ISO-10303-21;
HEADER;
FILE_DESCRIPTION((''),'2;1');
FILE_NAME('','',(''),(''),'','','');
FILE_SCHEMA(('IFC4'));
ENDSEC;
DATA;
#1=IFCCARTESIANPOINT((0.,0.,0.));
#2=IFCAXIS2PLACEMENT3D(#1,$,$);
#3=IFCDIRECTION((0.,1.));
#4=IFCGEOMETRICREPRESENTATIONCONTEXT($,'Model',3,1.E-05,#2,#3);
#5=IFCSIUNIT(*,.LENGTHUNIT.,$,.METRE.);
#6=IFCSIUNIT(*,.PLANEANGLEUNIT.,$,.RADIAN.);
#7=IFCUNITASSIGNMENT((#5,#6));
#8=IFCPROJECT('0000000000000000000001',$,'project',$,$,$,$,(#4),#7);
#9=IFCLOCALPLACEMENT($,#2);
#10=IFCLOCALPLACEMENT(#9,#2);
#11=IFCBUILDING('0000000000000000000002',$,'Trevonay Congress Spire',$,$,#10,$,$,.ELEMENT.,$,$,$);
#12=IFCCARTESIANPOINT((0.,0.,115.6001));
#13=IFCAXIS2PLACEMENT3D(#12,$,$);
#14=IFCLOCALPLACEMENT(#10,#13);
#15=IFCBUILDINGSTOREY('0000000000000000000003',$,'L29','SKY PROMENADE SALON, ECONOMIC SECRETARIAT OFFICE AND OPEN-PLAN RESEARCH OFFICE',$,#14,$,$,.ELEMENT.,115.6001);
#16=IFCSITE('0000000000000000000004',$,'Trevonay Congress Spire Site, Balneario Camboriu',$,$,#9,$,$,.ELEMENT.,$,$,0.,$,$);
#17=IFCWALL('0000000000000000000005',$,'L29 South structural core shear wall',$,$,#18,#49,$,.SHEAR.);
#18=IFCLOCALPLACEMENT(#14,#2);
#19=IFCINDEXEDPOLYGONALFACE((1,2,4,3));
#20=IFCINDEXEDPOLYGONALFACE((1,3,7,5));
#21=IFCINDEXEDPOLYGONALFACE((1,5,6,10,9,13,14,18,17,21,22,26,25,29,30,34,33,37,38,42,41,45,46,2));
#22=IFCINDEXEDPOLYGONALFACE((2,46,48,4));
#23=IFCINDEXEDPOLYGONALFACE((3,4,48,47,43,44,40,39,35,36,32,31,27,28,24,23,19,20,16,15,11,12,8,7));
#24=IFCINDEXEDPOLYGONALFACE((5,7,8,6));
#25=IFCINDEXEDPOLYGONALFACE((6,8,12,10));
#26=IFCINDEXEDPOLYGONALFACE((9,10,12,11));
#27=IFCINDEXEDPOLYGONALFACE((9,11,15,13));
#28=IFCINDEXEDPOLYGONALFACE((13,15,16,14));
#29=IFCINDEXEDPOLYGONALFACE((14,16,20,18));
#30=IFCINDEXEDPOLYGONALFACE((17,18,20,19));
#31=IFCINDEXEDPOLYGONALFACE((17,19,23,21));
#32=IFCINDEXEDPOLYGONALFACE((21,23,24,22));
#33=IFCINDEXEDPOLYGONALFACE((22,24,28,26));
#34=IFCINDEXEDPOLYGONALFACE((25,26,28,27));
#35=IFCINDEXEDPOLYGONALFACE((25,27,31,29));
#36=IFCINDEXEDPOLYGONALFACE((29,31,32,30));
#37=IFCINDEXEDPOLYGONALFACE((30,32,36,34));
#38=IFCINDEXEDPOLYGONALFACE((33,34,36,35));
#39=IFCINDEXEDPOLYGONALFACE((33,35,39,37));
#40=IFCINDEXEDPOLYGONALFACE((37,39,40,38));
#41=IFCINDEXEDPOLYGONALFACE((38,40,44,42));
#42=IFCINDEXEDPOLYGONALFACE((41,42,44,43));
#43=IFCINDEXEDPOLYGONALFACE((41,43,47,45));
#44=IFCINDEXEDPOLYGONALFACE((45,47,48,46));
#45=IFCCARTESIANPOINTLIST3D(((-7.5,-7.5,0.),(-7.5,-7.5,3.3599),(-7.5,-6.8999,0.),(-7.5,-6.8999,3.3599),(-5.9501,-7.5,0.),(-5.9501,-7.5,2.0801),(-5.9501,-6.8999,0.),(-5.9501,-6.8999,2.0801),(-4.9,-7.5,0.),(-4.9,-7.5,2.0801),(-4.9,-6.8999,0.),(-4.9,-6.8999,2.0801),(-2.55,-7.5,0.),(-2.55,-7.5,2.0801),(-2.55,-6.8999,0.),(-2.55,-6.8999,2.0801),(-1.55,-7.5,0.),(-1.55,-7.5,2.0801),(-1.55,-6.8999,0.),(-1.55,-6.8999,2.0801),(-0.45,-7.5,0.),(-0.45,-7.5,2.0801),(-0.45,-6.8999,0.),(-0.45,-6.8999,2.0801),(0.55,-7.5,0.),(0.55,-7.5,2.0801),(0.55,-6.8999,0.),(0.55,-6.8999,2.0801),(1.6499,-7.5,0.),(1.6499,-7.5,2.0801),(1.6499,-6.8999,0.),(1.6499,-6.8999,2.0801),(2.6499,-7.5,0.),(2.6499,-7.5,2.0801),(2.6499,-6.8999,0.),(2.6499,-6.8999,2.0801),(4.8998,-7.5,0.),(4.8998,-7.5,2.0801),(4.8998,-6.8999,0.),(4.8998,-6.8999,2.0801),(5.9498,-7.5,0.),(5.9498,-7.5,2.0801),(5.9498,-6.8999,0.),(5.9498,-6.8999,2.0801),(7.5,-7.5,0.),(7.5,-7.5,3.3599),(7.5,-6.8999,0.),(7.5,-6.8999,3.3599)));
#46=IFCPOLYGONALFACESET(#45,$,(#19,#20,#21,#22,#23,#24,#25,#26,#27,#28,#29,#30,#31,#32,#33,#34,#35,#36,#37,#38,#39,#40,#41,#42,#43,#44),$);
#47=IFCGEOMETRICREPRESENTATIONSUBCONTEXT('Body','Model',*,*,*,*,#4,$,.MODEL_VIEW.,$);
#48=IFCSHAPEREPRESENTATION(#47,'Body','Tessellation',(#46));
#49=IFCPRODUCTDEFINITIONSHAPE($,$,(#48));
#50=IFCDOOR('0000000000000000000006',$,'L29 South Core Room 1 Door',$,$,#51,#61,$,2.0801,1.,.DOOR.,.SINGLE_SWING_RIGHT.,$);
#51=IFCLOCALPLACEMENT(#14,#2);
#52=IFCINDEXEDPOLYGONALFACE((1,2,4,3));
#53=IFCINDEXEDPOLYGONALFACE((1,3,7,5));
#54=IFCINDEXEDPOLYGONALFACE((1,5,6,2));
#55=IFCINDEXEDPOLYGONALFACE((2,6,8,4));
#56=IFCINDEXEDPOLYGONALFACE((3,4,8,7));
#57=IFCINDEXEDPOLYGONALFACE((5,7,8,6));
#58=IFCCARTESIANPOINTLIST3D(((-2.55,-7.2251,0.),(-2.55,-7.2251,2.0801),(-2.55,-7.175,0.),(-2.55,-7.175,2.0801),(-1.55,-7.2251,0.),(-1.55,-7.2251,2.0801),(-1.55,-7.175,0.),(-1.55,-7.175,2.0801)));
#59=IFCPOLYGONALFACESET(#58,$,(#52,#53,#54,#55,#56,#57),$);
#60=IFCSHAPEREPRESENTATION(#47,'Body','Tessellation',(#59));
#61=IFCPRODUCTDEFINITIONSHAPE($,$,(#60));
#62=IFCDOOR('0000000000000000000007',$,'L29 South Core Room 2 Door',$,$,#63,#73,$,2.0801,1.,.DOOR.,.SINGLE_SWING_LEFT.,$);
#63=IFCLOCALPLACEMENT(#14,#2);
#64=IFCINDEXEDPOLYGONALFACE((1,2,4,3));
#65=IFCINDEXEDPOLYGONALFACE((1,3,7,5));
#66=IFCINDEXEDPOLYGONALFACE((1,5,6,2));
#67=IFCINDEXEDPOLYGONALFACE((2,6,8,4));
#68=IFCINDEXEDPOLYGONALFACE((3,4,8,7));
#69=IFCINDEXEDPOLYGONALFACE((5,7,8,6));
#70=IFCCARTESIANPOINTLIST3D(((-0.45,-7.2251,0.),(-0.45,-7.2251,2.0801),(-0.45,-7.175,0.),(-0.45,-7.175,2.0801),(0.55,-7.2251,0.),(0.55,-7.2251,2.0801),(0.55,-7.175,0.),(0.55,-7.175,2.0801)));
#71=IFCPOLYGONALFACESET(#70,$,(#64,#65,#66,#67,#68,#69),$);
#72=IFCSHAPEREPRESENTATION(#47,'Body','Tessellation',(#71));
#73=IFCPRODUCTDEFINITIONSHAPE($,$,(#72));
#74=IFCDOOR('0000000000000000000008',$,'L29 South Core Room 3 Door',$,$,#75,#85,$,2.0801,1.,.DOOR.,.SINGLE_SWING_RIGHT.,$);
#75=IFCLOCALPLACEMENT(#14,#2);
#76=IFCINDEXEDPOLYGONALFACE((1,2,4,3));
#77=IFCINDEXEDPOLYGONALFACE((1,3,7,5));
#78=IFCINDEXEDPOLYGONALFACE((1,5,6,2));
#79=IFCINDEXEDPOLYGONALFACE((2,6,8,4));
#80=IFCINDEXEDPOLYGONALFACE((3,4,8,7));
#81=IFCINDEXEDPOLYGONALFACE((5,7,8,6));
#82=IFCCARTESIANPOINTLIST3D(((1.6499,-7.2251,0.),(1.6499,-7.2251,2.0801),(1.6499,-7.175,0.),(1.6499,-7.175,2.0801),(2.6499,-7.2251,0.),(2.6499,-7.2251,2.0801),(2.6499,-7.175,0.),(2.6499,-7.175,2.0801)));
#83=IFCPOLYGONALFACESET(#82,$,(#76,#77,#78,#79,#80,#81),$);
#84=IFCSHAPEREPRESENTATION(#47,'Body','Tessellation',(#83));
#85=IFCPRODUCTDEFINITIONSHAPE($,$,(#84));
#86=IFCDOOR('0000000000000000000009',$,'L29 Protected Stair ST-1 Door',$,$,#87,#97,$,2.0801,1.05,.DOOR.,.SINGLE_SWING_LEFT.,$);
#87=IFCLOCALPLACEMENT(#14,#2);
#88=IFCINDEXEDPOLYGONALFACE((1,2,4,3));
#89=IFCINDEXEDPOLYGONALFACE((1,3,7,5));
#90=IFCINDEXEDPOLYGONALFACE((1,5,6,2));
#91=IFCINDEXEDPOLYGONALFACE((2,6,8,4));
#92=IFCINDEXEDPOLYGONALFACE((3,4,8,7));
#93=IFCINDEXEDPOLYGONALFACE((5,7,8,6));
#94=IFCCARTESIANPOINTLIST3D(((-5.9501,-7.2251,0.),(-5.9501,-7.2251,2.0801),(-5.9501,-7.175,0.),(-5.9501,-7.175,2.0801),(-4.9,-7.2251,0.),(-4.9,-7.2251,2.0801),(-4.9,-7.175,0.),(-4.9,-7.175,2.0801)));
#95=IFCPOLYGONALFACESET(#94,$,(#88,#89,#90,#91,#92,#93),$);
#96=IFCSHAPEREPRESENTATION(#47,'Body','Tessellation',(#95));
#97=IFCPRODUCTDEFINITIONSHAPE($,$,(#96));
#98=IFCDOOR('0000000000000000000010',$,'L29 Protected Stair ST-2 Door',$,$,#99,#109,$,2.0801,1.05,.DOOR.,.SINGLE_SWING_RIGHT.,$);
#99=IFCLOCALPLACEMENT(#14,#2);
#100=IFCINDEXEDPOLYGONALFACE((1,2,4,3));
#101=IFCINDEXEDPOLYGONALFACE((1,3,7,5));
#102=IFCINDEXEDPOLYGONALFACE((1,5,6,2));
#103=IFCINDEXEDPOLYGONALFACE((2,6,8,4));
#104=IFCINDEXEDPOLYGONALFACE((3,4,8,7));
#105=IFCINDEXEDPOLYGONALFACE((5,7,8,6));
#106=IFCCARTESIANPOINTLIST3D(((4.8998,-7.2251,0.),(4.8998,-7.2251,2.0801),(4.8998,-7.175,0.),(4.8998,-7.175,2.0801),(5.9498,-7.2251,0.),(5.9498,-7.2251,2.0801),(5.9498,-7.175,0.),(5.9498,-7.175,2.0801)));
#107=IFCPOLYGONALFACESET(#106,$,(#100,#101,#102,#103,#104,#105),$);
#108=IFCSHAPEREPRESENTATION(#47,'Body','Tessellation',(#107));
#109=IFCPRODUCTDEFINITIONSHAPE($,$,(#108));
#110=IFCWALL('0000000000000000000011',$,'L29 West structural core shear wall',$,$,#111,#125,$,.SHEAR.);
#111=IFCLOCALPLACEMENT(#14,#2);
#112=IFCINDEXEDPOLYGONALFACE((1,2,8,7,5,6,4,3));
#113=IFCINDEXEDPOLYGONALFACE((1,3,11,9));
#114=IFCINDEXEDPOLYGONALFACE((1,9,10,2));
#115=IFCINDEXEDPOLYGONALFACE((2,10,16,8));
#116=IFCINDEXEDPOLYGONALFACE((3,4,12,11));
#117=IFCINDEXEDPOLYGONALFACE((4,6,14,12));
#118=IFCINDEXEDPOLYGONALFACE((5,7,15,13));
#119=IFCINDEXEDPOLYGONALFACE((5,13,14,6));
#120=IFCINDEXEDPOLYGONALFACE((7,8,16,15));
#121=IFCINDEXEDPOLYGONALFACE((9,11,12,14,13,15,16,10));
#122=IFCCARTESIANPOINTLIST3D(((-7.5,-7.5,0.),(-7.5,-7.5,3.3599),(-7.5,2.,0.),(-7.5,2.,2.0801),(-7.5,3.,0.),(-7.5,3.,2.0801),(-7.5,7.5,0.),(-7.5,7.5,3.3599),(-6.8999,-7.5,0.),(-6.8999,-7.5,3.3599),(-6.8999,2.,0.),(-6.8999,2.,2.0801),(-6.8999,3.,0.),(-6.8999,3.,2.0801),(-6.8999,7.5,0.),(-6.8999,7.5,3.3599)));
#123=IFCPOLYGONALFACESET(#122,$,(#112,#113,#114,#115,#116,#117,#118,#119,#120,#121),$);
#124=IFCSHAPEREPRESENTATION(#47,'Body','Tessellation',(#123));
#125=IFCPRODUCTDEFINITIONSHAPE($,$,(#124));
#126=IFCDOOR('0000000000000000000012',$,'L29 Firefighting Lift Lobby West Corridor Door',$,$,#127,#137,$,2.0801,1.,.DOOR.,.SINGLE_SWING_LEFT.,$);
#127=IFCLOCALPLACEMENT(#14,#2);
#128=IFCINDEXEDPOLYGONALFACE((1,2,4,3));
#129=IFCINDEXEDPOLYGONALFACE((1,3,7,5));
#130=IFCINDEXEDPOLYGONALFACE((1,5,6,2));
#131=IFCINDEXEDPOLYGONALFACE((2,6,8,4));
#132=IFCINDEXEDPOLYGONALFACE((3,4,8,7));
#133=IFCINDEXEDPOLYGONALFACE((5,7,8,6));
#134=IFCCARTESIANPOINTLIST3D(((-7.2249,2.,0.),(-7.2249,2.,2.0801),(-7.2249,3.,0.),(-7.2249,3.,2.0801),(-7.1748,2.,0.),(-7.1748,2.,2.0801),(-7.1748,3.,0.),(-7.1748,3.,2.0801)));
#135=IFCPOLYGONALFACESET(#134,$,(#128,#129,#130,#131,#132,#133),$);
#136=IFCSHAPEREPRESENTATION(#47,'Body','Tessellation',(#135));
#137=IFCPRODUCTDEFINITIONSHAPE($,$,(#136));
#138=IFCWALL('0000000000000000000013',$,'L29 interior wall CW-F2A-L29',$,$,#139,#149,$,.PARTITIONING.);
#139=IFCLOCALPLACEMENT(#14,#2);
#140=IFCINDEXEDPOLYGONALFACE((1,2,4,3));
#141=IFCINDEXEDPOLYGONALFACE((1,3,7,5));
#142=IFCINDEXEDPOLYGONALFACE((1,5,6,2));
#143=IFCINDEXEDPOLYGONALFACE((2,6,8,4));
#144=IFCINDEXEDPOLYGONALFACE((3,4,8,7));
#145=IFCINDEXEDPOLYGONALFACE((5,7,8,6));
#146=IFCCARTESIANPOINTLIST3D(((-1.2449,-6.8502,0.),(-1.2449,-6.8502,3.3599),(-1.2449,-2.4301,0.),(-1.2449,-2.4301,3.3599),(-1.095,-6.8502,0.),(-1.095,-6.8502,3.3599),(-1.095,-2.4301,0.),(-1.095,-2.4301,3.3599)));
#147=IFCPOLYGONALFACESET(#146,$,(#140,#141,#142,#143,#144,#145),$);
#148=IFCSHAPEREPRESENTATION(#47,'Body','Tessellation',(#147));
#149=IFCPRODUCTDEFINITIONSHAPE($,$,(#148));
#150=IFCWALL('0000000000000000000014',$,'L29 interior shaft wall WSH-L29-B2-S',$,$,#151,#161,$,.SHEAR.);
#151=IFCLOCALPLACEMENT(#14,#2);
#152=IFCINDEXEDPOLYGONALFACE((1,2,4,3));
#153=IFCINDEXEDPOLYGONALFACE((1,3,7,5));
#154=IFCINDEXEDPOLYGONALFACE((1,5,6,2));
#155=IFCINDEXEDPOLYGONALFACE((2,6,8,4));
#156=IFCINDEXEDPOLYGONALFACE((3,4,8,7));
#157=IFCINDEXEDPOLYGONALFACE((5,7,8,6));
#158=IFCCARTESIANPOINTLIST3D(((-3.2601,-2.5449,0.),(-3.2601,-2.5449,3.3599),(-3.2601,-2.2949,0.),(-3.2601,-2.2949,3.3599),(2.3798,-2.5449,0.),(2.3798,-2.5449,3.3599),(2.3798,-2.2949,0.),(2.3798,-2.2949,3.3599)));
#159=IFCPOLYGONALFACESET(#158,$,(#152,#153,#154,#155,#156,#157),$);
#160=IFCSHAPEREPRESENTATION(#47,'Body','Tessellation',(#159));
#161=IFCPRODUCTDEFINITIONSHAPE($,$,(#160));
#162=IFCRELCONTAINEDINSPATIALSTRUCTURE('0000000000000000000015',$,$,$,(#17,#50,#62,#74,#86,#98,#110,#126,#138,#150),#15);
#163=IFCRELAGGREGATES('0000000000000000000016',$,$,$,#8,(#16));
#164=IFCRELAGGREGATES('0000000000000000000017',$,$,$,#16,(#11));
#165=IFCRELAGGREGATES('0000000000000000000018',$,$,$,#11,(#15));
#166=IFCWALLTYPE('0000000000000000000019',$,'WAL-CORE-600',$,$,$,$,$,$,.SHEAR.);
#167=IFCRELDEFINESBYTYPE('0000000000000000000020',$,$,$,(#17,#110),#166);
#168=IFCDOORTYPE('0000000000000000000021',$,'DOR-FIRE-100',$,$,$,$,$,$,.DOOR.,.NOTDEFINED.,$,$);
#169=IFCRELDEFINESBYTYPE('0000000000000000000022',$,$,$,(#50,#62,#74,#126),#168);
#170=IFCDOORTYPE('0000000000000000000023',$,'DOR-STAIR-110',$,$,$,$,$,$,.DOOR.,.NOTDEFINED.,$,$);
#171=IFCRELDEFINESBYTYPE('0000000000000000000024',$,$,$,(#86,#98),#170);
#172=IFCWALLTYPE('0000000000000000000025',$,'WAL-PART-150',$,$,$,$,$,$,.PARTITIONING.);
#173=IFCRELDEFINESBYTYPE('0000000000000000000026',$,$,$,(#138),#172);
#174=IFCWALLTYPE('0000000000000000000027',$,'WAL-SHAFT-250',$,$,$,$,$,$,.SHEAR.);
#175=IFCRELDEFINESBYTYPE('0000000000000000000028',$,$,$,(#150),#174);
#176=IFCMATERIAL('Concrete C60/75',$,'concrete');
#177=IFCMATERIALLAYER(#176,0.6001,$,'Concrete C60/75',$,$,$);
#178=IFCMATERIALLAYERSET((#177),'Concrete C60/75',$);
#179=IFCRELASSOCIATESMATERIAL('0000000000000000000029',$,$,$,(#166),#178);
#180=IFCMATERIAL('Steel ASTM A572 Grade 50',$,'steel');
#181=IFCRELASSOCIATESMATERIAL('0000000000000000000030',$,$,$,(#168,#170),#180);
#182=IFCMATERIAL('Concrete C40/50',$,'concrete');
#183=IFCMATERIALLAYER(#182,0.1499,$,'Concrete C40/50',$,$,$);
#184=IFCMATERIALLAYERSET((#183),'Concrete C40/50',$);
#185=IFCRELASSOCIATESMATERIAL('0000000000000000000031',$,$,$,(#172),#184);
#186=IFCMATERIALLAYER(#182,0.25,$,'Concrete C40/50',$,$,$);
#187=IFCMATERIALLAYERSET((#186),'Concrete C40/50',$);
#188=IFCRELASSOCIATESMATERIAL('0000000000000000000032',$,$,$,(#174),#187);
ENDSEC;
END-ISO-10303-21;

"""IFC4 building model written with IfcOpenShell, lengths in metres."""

from ifc_helpers import new_model, si_unit, direction, frame, frame_2d, origin, place, context, subcontext, project, spatial, rectangle, extrude, material, layer, layer_set, type_object, element, fill, save


model = new_model("IFC4")

# Units and contexts
model_context = context("Model", 3, precision=1e-05, world=origin(), true_north=direction((0.0, 1.0)))
body_context = subcontext(model_context, "Body", "Model", "MODEL_VIEW")
ifc_project = project(units=[si_unit("LENGTHUNIT", "METRE"), si_unit("PLANEANGLEUNIT", "RADIAN")], contexts=[model_context])

# Site, building, storey
site_placement = place(None, origin())
site = spatial("IfcSite", under=ifc_project, at=site_placement, Name="Trevonay Congress Spire Site, Balneario Camboriu", CompositionType="ELEMENT", RefElevation=0.0)
building_placement = place(site_placement, origin())
building = spatial("IfcBuilding", under=site, at=building_placement, Name="Trevonay Congress Spire", CompositionType="ELEMENT")
storey_placement = place(building_placement, frame((0.0, 0.0, 115.6001)))
storey = spatial("IfcBuildingStorey", under=building, at=storey_placement, Name="L29", Description="SKY PROMENADE SALON, ECONOMIC SECRETARIAT OFFICE AND OPEN-PLAN RESEARCH OFFICE", CompositionType="ELEMENT", Elevation=115.6001)

# Shared definitions
ifc_material_1 = material(Name="Steel ASTM A572 Grade 50", Category="steel")

# Shared definitions
ifc_material_2 = material(Name="Concrete C40/50", Category="concrete")

# Wall, openings, doors
ifc_material_3 = material(Name="Concrete C60/75", Category="concrete")
ifc_layer_1 = layer(ifc_material_3, 0.6001, Name="Concrete C60/75")
ifc_layer_set_1 = layer_set([ifc_layer_1], Name="Concrete C60/75")
wall_type_1 = type_object("IfcWallType", Name="WAL-CORE-600", PredefinedType="SHEAR", material=ifc_layer_set_1)
wall_1_placement = place(storey_placement, frame((-7.5, -7.2, 0.0), z_axis=(0.0, 0.0, 1.0), x_axis=(1.0, 0.0, 0.0)))
wall_1 = element("IfcWall", 1, at=wall_1_placement, inside=storey, type_object=wall_type_1, Name="L29 South structural core shear wall", PredefinedType="SHEAR", context=body_context, shape_type="SweptSolid", body=[
    extrude(rectangle(XDim=15.0, YDim=0.6001, at=frame_2d((7.5, 0.0))), origin(), (0.0, 0.0, 1.0), 3.3599),
])
opening_1_placement = place(wall_1_placement, frame((1.55, 0.0, 0.0)))
opening_1 = element("IfcOpeningElement", 2, at=opening_1_placement, cuts=wall_1, PredefinedType="OPENING", context=body_context, shape_type="SweptSolid", body=[
    extrude(rectangle(XDim=1.05, YDim=2.0801, at=frame_2d((0.5249, 1.04))), frame((0.0, 0.3101, 0.0), z_axis=(0.0, -1.0, 0.0), x_axis=(1.0, 0.0, 0.0)), (0.0, 0.0, 1.0), 0.6201),
])
opening_2_placement = place(wall_1_placement, frame((12.3999, 0.0, 0.0)))
opening_2 = element("IfcOpeningElement", 3, at=opening_2_placement, cuts=wall_1, PredefinedType="OPENING", context=body_context, shape_type="SweptSolid", body=[
    extrude(rectangle(XDim=1.05, YDim=2.0801, at=frame_2d((0.5249, 1.04))), frame((0.0, 0.3101, 0.0), z_axis=(0.0, -1.0, 0.0), x_axis=(1.0, 0.0, 0.0)), (0.0, 0.0, 1.0), 0.6201),
])
opening_3_placement = place(wall_1_placement, frame((4.95, 0.0, 0.0)))
opening_3 = element("IfcOpeningElement", 4, at=opening_3_placement, cuts=wall_1, PredefinedType="OPENING", context=body_context, shape_type="SweptSolid", body=[
    extrude(rectangle(XDim=1.0, YDim=2.0801, at=frame_2d((0.5, 1.04))), frame((0.0, 0.3101, 0.0), z_axis=(0.0, -1.0, 0.0), x_axis=(1.0, 0.0, 0.0)), (0.0, 0.0, 1.0), 0.6201),
])
opening_4_placement = place(wall_1_placement, frame((7.05, 0.0, 0.0)))
opening_4 = element("IfcOpeningElement", 5, at=opening_4_placement, cuts=wall_1, PredefinedType="OPENING", context=body_context, shape_type="SweptSolid", body=[
    extrude(rectangle(XDim=1.0, YDim=2.0801, at=frame_2d((0.5, 1.04))), frame((0.0, 0.3101, 0.0), z_axis=(0.0, -1.0, 0.0), x_axis=(1.0, 0.0, 0.0)), (0.0, 0.0, 1.0), 0.6201),
])
opening_5_placement = place(wall_1_placement, frame((9.1499, 0.0, 0.0)))
opening_5 = element("IfcOpeningElement", 6, at=opening_5_placement, cuts=wall_1, PredefinedType="OPENING", context=body_context, shape_type="SweptSolid", body=[
    extrude(rectangle(XDim=1.0, YDim=2.0801, at=frame_2d((0.5, 1.04))), frame((0.0, 0.3101, 0.0), z_axis=(0.0, -1.0, 0.0), x_axis=(1.0, 0.0, 0.0)), (0.0, 0.0, 1.0), 0.6201),
])
door_type_1 = type_object("IfcDoorType", Name="DOR-FIRE-100", OperationType="NOTDEFINED", PredefinedType="DOOR", material=ifc_material_1)
door_1_placement = place(opening_3_placement, origin())
door_1 = element("IfcDoor", 7, at=door_1_placement, inside=storey, type_object=door_type_1, Name="L29 South Core Room 1 Door", OperationType="SINGLE_SWING_RIGHT", OverallHeight=2.0801, OverallWidth=1.0, PredefinedType="DOOR", context=body_context, shape_type="SweptSolid", body=[
    extrude(rectangle(XDim=1.0, YDim=2.0801, at=frame_2d((0.5, 1.04))), frame((0.0, 0.0249, 0.0), z_axis=(0.0, -1.0, 0.0), x_axis=(1.0, 0.0, 0.0)), (0.0, 0.0, 1.0), 0.05),
])
fill(opening_3, door_1)
door_2_placement = place(opening_4_placement, origin())
door_2 = element("IfcDoor", 8, at=door_2_placement, inside=storey, type_object=door_type_1, Name="L29 South Core Room 2 Door", OperationType="SINGLE_SWING_LEFT", OverallHeight=2.0801, OverallWidth=1.0, PredefinedType="DOOR", context=body_context, shape_type="SweptSolid", body=[
    extrude(rectangle(XDim=1.0, YDim=2.0801, at=frame_2d((0.5, 1.04))), frame((0.0, 0.0249, 0.0), z_axis=(0.0, -1.0, 0.0), x_axis=(1.0, 0.0, 0.0)), (0.0, 0.0, 1.0), 0.05),
])
fill(opening_4, door_2)
door_3_placement = place(opening_5_placement, origin())
door_3 = element("IfcDoor", 9, at=door_3_placement, inside=storey, type_object=door_type_1, Name="L29 South Core Room 3 Door", OperationType="SINGLE_SWING_RIGHT", OverallHeight=2.0801, OverallWidth=1.0, PredefinedType="DOOR", context=body_context, shape_type="SweptSolid", body=[
    extrude(rectangle(XDim=1.0, YDim=2.0801, at=frame_2d((0.5, 1.04))), frame((0.0, 0.0249, 0.0), z_axis=(0.0, -1.0, 0.0), x_axis=(1.0, 0.0, 0.0)), (0.0, 0.0, 1.0), 0.05),
])
fill(opening_5, door_3)
door_type_2 = type_object("IfcDoorType", Name="DOR-STAIR-110", OperationType="NOTDEFINED", PredefinedType="DOOR", material=ifc_material_1)
door_4_placement = place(opening_1_placement, origin())
door_4 = element("IfcDoor", 10, at=door_4_placement, inside=storey, type_object=door_type_2, Name="L29 Protected Stair ST-1 Door", OperationType="SINGLE_SWING_LEFT", OverallHeight=2.0801, OverallWidth=1.05, PredefinedType="DOOR", context=body_context, shape_type="SweptSolid", body=[
    extrude(rectangle(XDim=1.05, YDim=2.0801, at=frame_2d((0.5249, 1.04))), frame((0.0, 0.0249, 0.0), z_axis=(0.0, -1.0, 0.0), x_axis=(1.0, 0.0, 0.0)), (0.0, 0.0, 1.0), 0.05),
])
fill(opening_1, door_4)
door_5_placement = place(opening_2_placement, origin())
door_5 = element("IfcDoor", 11, at=door_5_placement, inside=storey, type_object=door_type_2, Name="L29 Protected Stair ST-2 Door", OperationType="SINGLE_SWING_RIGHT", OverallHeight=2.0801, OverallWidth=1.05, PredefinedType="DOOR", context=body_context, shape_type="SweptSolid", body=[
    extrude(rectangle(XDim=1.05, YDim=2.0801, at=frame_2d((0.5249, 1.04))), frame((0.0, 0.0249, 0.0), z_axis=(0.0, -1.0, 0.0), x_axis=(1.0, 0.0, 0.0)), (0.0, 0.0, 1.0), 0.05),
])
fill(opening_2, door_5)

# Wall, opening, door
wall_2_placement = place(storey_placement, frame((-7.2, -7.5, 0.0), z_axis=(0.0, 0.0, 1.0), x_axis=(0.0, 1.0, 0.0)))
wall_2 = element("IfcWall", 12, at=wall_2_placement, inside=storey, type_object=wall_type_1, Name="L29 West structural core shear wall", PredefinedType="SHEAR", context=body_context, shape_type="SweptSolid", body=[
    extrude(rectangle(XDim=15.0, YDim=0.6001, at=frame_2d((7.5, 0.0))), origin(), (0.0, 0.0, 1.0), 3.3599),
])
opening_6_placement = place(wall_2_placement, frame((9.5, 0.0, 0.0)))
opening_6 = element("IfcOpeningElement", 13, at=opening_6_placement, cuts=wall_2, PredefinedType="OPENING", context=body_context, shape_type="SweptSolid", body=[
    extrude(rectangle(XDim=1.0, YDim=2.0801, at=frame_2d((0.5, 1.04))), frame((0.0, 0.3101, 0.0), z_axis=(0.0, -1.0, 0.0), x_axis=(1.0, 0.0, 0.0)), (0.0, 0.0, 1.0), 0.6201),
])
door_6_placement = place(opening_6_placement, origin())
door_6 = element("IfcDoor", 14, at=door_6_placement, inside=storey, type_object=door_type_1, Name="L29 Firefighting Lift Lobby West Corridor Door", OperationType="SINGLE_SWING_LEFT", OverallHeight=2.0801, OverallWidth=1.0, PredefinedType="DOOR", context=body_context, shape_type="SweptSolid", body=[
    extrude(rectangle(XDim=1.0, YDim=2.0801, at=frame_2d((0.5, 1.04))), frame((0.0, 0.0249, 0.0), z_axis=(0.0, -1.0, 0.0), x_axis=(1.0, 0.0, 0.0)), (0.0, 0.0, 1.0), 0.05),
])
fill(opening_6, door_6)

# Walls
ifc_layer_2 = layer(ifc_material_2, 0.1499, Name="Concrete C40/50")
ifc_layer_set_2 = layer_set([ifc_layer_2], Name="Concrete C40/50")
wall_type_2 = type_object("IfcWallType", Name="WAL-PART-150", PredefinedType="PARTITIONING", material=ifc_layer_set_2)
wall_3_placement = place(storey_placement, frame((-1.1699, -6.8501, 0.0), z_axis=(0.0, 0.0, 1.0), x_axis=(0.0, 1.0, 0.0)))
element("IfcWall", 15, at=wall_3_placement, inside=storey, type_object=wall_type_2, Name="L29 interior wall CW-F2A-L29", PredefinedType="PARTITIONING", context=body_context, shape_type="SweptSolid", body=[
    extrude(rectangle(XDim=4.4202, YDim=0.1499, at=frame_2d((2.21, 0.0))), origin(), (0.0, 0.0, 1.0), 3.3599),
])
ifc_layer_3 = layer(ifc_material_2, 0.25, Name="Concrete C40/50")
ifc_layer_set_3 = layer_set([ifc_layer_3], Name="Concrete C40/50")
wall_type_3 = type_object("IfcWallType", Name="WAL-SHAFT-250", PredefinedType="SHEAR", material=ifc_layer_set_3)
wall_4_placement = place(storey_placement, frame((-3.26, -2.4199, 0.0), z_axis=(0.0, 0.0, 1.0), x_axis=(1.0, 0.0, 0.0)))
element("IfcWall", 16, at=wall_4_placement, inside=storey, type_object=wall_type_3, Name="L29 interior shaft wall WSH-L29-B2-S", PredefinedType="SHEAR", context=body_context, shape_type="SweptSolid", body=[
    extrude(rectangle(XDim=5.6399, YDim=0.25, at=frame_2d((2.8198, 0.0))), origin(), (0.0, 0.0, 1.0), 3.3599),
])

save(model, "model.ifc")
